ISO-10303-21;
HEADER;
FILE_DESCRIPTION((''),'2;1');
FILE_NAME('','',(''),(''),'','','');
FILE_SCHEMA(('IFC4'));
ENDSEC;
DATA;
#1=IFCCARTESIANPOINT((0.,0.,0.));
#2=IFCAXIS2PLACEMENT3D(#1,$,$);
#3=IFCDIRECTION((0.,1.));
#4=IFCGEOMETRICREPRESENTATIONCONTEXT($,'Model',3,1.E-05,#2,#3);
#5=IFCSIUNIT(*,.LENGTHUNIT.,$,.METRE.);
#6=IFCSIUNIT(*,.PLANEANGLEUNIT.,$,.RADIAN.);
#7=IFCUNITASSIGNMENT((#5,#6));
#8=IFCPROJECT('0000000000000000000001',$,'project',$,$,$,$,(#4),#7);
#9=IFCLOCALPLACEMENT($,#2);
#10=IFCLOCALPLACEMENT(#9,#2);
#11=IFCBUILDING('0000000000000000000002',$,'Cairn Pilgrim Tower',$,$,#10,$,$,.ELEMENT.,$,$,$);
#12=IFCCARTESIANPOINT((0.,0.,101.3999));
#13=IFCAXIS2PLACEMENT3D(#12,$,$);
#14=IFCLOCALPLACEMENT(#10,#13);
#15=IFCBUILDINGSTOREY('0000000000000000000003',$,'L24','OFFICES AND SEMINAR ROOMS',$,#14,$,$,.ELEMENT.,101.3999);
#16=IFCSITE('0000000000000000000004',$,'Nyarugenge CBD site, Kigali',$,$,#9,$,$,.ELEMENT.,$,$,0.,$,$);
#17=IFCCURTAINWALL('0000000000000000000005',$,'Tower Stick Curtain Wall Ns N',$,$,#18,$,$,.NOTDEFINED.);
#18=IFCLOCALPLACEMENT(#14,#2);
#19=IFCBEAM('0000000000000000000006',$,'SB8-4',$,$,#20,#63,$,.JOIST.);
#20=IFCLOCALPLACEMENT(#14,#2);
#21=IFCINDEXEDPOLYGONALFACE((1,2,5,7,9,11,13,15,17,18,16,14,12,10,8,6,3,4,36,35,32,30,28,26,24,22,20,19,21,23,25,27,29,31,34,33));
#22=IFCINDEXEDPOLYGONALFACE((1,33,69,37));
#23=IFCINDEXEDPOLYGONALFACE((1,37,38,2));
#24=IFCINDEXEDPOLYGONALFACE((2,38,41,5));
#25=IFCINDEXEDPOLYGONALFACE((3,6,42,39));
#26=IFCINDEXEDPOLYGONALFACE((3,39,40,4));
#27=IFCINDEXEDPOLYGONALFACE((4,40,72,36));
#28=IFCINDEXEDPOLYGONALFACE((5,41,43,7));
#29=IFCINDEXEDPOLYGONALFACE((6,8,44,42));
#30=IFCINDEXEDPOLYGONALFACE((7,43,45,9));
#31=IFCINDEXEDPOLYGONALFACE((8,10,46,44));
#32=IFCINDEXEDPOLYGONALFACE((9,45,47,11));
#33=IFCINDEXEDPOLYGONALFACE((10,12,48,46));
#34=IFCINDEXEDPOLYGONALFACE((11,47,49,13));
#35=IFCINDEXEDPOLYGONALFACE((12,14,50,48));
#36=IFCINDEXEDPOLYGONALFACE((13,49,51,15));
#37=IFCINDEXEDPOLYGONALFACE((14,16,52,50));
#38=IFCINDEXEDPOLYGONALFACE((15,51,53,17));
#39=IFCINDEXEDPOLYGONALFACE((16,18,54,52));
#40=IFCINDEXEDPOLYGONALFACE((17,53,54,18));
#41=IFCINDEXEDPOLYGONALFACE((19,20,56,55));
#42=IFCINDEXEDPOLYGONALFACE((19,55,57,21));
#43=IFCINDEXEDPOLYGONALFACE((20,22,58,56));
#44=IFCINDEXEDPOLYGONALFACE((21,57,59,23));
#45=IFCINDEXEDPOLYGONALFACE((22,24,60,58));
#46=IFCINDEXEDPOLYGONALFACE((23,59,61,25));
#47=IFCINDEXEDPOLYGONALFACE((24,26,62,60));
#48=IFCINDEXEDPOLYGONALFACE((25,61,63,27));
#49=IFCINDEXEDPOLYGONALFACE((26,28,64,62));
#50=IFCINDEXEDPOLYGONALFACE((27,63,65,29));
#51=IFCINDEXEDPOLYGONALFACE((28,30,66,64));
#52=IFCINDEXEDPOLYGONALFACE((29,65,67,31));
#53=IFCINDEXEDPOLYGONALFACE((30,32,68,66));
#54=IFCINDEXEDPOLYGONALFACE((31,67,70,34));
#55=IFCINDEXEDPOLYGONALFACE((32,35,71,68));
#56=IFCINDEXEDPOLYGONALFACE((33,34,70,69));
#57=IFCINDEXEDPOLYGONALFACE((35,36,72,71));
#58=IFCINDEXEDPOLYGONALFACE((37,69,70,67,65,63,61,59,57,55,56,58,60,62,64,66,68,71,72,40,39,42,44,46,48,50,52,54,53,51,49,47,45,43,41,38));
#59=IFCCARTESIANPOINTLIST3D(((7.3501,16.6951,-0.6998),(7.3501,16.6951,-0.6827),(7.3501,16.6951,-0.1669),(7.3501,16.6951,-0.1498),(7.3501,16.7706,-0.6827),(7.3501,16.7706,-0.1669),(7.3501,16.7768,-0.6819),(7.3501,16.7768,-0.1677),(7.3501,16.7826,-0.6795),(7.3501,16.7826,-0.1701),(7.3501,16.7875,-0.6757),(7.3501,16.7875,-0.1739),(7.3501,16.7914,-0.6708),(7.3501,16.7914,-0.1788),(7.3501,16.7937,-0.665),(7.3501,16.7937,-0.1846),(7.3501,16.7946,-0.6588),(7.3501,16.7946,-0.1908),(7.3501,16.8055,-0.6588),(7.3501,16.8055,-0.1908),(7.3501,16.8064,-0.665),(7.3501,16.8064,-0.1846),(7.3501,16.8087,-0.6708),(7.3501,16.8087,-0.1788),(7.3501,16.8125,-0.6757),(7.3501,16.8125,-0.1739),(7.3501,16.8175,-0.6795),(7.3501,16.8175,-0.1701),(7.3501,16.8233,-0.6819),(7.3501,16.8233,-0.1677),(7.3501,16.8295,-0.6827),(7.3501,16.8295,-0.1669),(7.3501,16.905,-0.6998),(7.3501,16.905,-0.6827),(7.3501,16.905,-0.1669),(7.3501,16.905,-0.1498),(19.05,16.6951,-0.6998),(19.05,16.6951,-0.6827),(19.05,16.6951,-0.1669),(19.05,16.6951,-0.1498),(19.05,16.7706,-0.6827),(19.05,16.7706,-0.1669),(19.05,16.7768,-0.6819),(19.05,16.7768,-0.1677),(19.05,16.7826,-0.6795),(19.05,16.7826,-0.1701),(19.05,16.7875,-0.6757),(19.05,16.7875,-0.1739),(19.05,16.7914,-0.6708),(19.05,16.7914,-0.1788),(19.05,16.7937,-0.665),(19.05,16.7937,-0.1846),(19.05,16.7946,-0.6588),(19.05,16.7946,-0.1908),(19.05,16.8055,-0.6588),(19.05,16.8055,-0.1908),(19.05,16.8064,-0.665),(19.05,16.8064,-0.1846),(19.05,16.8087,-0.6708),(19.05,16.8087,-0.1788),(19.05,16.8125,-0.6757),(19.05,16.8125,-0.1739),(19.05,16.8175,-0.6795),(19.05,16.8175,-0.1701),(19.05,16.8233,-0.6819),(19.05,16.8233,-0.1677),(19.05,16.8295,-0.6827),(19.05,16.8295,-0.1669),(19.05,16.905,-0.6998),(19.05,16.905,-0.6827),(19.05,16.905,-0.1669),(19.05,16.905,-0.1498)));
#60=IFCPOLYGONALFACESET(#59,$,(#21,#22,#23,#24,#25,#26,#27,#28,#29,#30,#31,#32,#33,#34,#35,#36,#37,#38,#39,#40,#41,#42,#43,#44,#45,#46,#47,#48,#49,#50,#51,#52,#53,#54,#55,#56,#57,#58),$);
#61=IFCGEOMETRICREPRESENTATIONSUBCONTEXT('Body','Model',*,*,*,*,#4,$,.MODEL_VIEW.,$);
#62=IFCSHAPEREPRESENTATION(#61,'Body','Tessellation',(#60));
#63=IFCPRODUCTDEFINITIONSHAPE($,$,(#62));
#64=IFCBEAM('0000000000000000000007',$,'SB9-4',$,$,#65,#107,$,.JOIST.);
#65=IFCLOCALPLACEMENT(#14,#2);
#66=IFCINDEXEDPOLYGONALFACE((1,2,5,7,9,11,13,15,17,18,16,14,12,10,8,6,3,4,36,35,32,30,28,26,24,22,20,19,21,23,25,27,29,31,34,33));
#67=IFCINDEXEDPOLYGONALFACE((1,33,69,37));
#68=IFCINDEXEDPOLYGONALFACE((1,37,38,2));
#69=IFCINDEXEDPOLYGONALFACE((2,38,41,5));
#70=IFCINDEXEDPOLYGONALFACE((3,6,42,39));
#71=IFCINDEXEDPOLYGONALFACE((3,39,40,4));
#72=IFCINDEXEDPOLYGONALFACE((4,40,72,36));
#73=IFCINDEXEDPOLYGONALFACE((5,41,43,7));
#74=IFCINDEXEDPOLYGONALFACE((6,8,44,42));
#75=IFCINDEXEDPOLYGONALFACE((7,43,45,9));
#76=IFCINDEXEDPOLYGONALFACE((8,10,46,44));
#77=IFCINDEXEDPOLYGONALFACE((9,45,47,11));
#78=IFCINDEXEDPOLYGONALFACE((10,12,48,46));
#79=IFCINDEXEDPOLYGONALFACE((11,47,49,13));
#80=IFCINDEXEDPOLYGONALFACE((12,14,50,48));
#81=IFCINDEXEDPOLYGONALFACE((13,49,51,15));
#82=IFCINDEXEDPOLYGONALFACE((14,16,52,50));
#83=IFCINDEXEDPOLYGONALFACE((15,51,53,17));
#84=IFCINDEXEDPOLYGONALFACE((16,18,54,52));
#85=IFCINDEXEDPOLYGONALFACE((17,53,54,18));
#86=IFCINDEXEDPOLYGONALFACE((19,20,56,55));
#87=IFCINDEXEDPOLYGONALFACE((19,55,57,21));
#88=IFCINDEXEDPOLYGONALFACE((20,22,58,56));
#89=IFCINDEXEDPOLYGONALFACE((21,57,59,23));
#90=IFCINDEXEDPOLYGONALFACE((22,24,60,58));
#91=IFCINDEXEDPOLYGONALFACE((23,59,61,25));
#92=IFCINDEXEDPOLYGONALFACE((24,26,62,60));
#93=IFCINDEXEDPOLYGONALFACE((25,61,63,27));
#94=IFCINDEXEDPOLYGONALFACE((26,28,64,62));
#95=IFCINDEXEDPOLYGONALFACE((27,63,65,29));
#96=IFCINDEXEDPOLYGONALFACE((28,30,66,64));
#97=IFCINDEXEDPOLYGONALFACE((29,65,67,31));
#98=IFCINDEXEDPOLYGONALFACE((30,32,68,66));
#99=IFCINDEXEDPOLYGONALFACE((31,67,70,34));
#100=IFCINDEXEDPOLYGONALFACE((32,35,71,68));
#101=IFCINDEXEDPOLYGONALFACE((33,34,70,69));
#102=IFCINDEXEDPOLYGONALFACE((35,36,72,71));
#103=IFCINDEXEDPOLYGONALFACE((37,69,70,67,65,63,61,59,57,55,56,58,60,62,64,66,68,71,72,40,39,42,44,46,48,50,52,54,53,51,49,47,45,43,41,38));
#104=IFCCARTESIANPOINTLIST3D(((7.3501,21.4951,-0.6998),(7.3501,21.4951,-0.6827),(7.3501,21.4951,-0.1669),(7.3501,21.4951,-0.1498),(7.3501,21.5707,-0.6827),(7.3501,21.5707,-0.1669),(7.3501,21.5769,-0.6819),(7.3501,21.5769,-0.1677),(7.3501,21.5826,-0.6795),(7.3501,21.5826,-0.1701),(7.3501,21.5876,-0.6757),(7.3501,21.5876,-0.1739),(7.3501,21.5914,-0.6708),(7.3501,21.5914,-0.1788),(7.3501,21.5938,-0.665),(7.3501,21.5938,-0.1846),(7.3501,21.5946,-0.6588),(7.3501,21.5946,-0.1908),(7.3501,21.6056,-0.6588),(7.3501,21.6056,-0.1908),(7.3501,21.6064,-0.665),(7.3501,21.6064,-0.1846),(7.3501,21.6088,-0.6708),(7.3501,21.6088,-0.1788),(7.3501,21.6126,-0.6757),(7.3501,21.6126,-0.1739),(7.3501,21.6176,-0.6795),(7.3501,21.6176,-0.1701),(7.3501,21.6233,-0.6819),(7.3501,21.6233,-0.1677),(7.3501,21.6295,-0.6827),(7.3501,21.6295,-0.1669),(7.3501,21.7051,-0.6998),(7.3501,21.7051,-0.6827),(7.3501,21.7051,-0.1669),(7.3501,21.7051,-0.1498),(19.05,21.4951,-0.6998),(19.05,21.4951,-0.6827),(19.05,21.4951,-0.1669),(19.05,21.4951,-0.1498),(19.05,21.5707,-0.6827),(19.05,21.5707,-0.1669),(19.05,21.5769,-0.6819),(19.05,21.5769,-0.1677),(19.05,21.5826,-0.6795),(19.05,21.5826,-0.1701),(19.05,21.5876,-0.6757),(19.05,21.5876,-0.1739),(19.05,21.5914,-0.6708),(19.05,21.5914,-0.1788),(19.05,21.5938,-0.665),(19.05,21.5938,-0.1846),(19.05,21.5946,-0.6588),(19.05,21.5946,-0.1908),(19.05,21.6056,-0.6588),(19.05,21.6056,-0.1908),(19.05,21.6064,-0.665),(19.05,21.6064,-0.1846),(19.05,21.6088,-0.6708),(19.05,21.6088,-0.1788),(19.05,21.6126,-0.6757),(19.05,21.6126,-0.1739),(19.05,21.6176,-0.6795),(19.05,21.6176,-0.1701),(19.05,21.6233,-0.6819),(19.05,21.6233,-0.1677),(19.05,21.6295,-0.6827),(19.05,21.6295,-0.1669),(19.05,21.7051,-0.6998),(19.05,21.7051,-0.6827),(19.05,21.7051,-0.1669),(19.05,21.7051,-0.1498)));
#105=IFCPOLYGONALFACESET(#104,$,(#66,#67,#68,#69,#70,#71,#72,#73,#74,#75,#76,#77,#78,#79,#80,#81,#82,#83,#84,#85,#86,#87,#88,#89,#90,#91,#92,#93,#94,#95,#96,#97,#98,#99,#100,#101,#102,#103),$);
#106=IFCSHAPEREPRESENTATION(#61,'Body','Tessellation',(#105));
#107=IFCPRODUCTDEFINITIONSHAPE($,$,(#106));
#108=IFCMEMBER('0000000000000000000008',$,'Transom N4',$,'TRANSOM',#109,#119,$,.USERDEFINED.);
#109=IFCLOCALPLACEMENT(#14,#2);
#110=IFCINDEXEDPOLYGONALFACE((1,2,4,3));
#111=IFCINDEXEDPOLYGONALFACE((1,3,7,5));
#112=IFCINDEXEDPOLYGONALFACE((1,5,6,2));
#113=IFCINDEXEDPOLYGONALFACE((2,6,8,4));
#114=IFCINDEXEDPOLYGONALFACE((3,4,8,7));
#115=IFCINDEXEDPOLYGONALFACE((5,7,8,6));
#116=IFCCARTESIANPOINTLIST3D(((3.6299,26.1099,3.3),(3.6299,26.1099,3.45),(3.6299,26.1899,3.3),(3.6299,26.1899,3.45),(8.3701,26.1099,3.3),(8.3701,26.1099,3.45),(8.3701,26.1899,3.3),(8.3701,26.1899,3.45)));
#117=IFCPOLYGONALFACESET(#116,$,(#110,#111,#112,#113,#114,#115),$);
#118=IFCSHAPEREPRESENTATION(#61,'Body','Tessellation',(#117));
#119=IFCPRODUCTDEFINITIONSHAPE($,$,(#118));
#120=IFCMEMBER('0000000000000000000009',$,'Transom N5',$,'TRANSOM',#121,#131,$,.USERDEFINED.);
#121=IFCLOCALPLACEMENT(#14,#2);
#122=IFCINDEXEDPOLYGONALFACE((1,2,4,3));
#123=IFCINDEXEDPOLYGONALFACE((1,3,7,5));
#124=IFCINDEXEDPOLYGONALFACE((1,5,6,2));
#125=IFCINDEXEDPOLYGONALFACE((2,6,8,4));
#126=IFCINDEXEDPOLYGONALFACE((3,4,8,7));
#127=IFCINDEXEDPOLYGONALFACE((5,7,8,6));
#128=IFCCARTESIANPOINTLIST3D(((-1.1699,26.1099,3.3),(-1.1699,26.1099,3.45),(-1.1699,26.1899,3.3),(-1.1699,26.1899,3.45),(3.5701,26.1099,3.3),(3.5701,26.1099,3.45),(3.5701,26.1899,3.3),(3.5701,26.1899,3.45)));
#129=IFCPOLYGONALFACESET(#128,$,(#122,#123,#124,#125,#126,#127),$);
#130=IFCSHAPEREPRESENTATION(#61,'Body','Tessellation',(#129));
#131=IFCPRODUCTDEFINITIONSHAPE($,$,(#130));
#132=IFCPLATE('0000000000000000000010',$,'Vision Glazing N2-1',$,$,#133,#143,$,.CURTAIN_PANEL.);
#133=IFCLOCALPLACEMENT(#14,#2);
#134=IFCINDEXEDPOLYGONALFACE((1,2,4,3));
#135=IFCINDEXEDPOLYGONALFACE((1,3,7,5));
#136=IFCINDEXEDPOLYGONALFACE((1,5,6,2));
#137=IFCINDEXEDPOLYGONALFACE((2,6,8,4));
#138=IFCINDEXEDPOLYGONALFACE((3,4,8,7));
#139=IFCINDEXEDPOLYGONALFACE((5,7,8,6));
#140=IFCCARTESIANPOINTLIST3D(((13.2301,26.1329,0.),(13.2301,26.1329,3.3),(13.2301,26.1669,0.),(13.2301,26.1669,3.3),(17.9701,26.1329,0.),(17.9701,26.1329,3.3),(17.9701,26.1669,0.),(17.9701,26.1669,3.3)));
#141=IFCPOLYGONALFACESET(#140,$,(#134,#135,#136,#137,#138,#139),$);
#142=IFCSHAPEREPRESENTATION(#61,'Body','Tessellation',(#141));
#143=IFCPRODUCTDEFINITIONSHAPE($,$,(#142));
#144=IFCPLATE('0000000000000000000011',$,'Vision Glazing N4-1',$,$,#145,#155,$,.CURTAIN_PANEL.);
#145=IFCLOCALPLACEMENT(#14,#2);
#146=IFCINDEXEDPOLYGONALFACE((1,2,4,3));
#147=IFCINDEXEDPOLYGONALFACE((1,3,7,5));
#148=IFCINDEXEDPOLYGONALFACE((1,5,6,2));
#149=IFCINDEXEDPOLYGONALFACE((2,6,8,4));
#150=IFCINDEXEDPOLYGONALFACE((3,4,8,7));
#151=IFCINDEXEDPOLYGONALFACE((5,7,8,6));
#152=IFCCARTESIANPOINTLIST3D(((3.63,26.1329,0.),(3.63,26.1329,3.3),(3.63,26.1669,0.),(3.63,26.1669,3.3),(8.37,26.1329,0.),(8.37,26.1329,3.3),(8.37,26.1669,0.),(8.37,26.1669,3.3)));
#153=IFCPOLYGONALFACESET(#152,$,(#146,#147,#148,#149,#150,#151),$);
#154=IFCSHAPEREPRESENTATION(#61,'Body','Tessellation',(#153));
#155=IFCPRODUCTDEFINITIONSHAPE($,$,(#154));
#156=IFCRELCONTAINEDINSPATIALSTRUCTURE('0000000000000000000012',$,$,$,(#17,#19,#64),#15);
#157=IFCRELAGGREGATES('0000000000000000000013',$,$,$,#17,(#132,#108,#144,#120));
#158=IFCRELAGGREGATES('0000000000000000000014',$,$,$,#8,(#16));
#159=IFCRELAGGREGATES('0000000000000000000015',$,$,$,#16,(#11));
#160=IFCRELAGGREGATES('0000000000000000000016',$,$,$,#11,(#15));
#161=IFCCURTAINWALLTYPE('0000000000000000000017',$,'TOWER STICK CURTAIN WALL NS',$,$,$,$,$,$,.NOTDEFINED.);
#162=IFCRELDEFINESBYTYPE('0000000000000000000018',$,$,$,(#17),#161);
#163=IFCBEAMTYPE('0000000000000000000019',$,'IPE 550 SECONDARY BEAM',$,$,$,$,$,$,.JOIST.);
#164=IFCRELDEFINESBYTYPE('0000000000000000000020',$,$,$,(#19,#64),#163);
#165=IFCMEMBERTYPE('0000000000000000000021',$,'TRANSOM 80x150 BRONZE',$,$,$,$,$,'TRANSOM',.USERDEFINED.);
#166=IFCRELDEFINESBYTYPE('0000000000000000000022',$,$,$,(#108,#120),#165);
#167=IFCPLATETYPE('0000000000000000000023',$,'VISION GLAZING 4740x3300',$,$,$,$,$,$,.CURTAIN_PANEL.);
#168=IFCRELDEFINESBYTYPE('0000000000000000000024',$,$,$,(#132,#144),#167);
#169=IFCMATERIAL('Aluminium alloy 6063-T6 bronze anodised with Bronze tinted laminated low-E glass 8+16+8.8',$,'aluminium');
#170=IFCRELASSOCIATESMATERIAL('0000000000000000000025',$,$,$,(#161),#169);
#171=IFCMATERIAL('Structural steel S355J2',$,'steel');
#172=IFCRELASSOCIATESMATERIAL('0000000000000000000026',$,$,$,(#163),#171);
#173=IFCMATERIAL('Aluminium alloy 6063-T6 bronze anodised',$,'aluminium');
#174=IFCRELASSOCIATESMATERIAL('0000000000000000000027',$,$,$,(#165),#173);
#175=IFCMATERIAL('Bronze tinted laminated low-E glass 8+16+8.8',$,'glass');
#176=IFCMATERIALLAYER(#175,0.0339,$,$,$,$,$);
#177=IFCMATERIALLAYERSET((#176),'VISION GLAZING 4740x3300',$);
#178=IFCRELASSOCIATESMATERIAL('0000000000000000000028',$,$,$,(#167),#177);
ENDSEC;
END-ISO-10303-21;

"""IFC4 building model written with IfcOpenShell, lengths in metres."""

from ifc_helpers import new_model, si_unit, direction, frame, origin, origin_2d, place, context, subcontext, project, spatial, rectangle, i_section, extrude, material, layer, layer_set, material_profile, profile_set, type_object, element, aggregate, save


model = new_model("IFC4")

# Units and contexts
model_context = context("Model", 3, precision=1e-05, world=origin(), true_north=direction((0.0, 1.0)))
body_context = subcontext(model_context, "Body", "Model", "MODEL_VIEW")
ifc_project = project(units=[si_unit("LENGTHUNIT", "METRE"), si_unit("PLANEANGLEUNIT", "RADIAN")], contexts=[model_context])

# Site, building, storey
site_placement = place(None, origin())
site = spatial("IfcSite", under=ifc_project, at=site_placement, Name="Nyarugenge CBD site, Kigali", CompositionType="ELEMENT", RefElevation=0.0)
building_placement = place(site_placement, origin())
building = spatial("IfcBuilding", under=site, at=building_placement, Name="Cairn Pilgrim Tower", CompositionType="ELEMENT")
storey_placement = place(building_placement, frame((0.0, 0.0, 101.3999)))
storey = spatial("IfcBuildingStorey", under=building, at=storey_placement, Name="L24", Description="OFFICES AND SEMINAR ROOMS", CompositionType="ELEMENT", Elevation=101.3999)

# Curtain wall
ifc_material_1 = material(Name="Aluminium alloy 6063-T6 bronze anodised with Bronze tinted laminated low-E glass 8+16+8.8", Category="aluminium")
curtain_wall_type = type_object("IfcCurtainWallType", Name="TOWER STICK CURTAIN WALL NS", PredefinedType="NOTDEFINED", material=ifc_material_1)
curtain_wall_placement = place(storey_placement, origin())
curtain_wall = element("IfcCurtainWall", 1, at=curtain_wall_placement, inside=storey, type_object=curtain_wall_type, Name="Tower Stick Curtain Wall Ns N", PredefinedType="NOTDEFINED")
ifc_material_2 = material(Name="Aluminium alloy 6063-T6 bronze anodised", Category="aluminium")

# Beams
ifc_material_3 = material(Name="Structural steel S355J2", Category="steel")
ifc_material_profile_1 = material_profile(ifc_material_3, i_section(OverallWidth=0.21, OverallDepth=0.55, WebThickness=0.011, FlangeThickness=0.0171, FilletRadius=0.0239, at=origin_2d()), Name="IPE 550")
ifc_profile_set_1 = profile_set([ifc_material_profile_1], Name="Structural steel S355J2")
beam_type_1 = type_object("IfcBeamType", Name="IPE 550 SECONDARY BEAM", PredefinedType="JOIST", material=ifc_profile_set_1)
for number, where, z_axis, x_axis, name in (
    (2, (7.3501, 16.8, -0.4248), (1.0, 0.0, 0.0), (0.0, 1.0, 0.0), "SB8-4"),
    (3, (7.3501, 21.6001, -0.4248), (1.0, 0.0, 0.0), (0.0, 1.0, 0.0), "SB9-4"),
):
    element("IfcBeam", number, at=place(storey_placement, frame(where, z_axis=z_axis, x_axis=x_axis)), inside=storey, type_object=beam_type_1, Name=name, PredefinedType="JOIST", context=body_context, shape_type="SweptSolid", body=[
        extrude(i_section(OverallWidth=0.21, OverallDepth=0.55, WebThickness=0.011, FlangeThickness=0.0171, FilletRadius=0.0239, at=origin_2d()), origin(), (0.0, 0.0, 1.0), 11.7),
    ])

# Members
ifc_material_profile_2 = material_profile(ifc_material_2, rectangle(XDim=0.0801, YDim=0.1499, at=origin_2d()), Name="TRANSOM 80x150 BRONZE")
ifc_profile_set_2 = profile_set([ifc_material_profile_2], Name="Aluminium alloy 6063-T6 bronze anodised")
member_type_1 = type_object("IfcMemberType", Name="TRANSOM 80x150 BRONZE", ElementType="TRANSOM", PredefinedType="USERDEFINED", material=ifc_profile_set_2)
member_1_placement = place(storey_placement, frame((8.3701, 26.1499, 3.375), z_axis=(-1.0, 0.0, 0.0), x_axis=(0.0, -1.0, 0.0)))
member_1 = element("IfcMember", 4, at=member_1_placement, type_object=member_type_1, Name="Transom N4", ObjectType="TRANSOM", PredefinedType="USERDEFINED", context=body_context, shape_type="SweptSolid", body=[
    extrude(rectangle(XDim=0.0801, YDim=0.1499, at=origin_2d()), origin(), (0.0, 0.0, 1.0), 4.7402),
])
member_2_placement = place(storey_placement, frame((3.5701, 26.1499, 3.375), z_axis=(-1.0, 0.0, 0.0), x_axis=(0.0, -1.0, 0.0)))
member_2 = element("IfcMember", 5, at=member_2_placement, type_object=member_type_1, Name="Transom N5", ObjectType="TRANSOM", PredefinedType="USERDEFINED", context=body_context, shape_type="SweptSolid", body=[
    extrude(rectangle(XDim=0.0801, YDim=0.1499, at=origin_2d()), origin(), (0.0, 0.0, 1.0), 4.74),
])

# Plates
ifc_material_4 = material(Name="Bronze tinted laminated low-E glass 8+16+8.8", Category="glass")
ifc_layer_1 = layer(ifc_material_4, 0.0339)
ifc_layer_set_1 = layer_set([ifc_layer_1], Name="VISION GLAZING 4740x3300")
plate_type = type_object("IfcPlateType", Name="VISION GLAZING 4740x3300", PredefinedType="CURTAIN_PANEL", material=ifc_layer_set_1)
plate_1_placement = place(storey_placement, frame((15.6001, 26.1499, 0.0), z_axis=(0.0, 0.0, 1.0), x_axis=(-1.0, 0.0, 0.0)))
plate_1 = element("IfcPlate", 6, at=plate_1_placement, type_object=plate_type, Name="Vision Glazing N2-1", PredefinedType="CURTAIN_PANEL", context=body_context, shape_type="SweptSolid", body=[
    extrude(rectangle(XDim=4.74, YDim=0.0339, at=origin_2d()), origin(), (0.0, 0.0, 1.0), 3.3),
])
plate_2_placement = place(storey_placement, frame((6.0, 26.1499, 0.0), z_axis=(0.0, 0.0, 1.0), x_axis=(-1.0, 0.0, 0.0)))
plate_2 = element("IfcPlate", 7, at=plate_2_placement, type_object=plate_type, Name="Vision Glazing N4-1", PredefinedType="CURTAIN_PANEL", context=body_context, shape_type="SweptSolid", body=[
    extrude(rectangle(XDim=4.74, YDim=0.0339, at=origin_2d()), origin(), (0.0, 0.0, 1.0), 3.3),
])
aggregate(curtain_wall, [plate_1, member_1, plate_2, member_2])

save(model, "model.ifc")
